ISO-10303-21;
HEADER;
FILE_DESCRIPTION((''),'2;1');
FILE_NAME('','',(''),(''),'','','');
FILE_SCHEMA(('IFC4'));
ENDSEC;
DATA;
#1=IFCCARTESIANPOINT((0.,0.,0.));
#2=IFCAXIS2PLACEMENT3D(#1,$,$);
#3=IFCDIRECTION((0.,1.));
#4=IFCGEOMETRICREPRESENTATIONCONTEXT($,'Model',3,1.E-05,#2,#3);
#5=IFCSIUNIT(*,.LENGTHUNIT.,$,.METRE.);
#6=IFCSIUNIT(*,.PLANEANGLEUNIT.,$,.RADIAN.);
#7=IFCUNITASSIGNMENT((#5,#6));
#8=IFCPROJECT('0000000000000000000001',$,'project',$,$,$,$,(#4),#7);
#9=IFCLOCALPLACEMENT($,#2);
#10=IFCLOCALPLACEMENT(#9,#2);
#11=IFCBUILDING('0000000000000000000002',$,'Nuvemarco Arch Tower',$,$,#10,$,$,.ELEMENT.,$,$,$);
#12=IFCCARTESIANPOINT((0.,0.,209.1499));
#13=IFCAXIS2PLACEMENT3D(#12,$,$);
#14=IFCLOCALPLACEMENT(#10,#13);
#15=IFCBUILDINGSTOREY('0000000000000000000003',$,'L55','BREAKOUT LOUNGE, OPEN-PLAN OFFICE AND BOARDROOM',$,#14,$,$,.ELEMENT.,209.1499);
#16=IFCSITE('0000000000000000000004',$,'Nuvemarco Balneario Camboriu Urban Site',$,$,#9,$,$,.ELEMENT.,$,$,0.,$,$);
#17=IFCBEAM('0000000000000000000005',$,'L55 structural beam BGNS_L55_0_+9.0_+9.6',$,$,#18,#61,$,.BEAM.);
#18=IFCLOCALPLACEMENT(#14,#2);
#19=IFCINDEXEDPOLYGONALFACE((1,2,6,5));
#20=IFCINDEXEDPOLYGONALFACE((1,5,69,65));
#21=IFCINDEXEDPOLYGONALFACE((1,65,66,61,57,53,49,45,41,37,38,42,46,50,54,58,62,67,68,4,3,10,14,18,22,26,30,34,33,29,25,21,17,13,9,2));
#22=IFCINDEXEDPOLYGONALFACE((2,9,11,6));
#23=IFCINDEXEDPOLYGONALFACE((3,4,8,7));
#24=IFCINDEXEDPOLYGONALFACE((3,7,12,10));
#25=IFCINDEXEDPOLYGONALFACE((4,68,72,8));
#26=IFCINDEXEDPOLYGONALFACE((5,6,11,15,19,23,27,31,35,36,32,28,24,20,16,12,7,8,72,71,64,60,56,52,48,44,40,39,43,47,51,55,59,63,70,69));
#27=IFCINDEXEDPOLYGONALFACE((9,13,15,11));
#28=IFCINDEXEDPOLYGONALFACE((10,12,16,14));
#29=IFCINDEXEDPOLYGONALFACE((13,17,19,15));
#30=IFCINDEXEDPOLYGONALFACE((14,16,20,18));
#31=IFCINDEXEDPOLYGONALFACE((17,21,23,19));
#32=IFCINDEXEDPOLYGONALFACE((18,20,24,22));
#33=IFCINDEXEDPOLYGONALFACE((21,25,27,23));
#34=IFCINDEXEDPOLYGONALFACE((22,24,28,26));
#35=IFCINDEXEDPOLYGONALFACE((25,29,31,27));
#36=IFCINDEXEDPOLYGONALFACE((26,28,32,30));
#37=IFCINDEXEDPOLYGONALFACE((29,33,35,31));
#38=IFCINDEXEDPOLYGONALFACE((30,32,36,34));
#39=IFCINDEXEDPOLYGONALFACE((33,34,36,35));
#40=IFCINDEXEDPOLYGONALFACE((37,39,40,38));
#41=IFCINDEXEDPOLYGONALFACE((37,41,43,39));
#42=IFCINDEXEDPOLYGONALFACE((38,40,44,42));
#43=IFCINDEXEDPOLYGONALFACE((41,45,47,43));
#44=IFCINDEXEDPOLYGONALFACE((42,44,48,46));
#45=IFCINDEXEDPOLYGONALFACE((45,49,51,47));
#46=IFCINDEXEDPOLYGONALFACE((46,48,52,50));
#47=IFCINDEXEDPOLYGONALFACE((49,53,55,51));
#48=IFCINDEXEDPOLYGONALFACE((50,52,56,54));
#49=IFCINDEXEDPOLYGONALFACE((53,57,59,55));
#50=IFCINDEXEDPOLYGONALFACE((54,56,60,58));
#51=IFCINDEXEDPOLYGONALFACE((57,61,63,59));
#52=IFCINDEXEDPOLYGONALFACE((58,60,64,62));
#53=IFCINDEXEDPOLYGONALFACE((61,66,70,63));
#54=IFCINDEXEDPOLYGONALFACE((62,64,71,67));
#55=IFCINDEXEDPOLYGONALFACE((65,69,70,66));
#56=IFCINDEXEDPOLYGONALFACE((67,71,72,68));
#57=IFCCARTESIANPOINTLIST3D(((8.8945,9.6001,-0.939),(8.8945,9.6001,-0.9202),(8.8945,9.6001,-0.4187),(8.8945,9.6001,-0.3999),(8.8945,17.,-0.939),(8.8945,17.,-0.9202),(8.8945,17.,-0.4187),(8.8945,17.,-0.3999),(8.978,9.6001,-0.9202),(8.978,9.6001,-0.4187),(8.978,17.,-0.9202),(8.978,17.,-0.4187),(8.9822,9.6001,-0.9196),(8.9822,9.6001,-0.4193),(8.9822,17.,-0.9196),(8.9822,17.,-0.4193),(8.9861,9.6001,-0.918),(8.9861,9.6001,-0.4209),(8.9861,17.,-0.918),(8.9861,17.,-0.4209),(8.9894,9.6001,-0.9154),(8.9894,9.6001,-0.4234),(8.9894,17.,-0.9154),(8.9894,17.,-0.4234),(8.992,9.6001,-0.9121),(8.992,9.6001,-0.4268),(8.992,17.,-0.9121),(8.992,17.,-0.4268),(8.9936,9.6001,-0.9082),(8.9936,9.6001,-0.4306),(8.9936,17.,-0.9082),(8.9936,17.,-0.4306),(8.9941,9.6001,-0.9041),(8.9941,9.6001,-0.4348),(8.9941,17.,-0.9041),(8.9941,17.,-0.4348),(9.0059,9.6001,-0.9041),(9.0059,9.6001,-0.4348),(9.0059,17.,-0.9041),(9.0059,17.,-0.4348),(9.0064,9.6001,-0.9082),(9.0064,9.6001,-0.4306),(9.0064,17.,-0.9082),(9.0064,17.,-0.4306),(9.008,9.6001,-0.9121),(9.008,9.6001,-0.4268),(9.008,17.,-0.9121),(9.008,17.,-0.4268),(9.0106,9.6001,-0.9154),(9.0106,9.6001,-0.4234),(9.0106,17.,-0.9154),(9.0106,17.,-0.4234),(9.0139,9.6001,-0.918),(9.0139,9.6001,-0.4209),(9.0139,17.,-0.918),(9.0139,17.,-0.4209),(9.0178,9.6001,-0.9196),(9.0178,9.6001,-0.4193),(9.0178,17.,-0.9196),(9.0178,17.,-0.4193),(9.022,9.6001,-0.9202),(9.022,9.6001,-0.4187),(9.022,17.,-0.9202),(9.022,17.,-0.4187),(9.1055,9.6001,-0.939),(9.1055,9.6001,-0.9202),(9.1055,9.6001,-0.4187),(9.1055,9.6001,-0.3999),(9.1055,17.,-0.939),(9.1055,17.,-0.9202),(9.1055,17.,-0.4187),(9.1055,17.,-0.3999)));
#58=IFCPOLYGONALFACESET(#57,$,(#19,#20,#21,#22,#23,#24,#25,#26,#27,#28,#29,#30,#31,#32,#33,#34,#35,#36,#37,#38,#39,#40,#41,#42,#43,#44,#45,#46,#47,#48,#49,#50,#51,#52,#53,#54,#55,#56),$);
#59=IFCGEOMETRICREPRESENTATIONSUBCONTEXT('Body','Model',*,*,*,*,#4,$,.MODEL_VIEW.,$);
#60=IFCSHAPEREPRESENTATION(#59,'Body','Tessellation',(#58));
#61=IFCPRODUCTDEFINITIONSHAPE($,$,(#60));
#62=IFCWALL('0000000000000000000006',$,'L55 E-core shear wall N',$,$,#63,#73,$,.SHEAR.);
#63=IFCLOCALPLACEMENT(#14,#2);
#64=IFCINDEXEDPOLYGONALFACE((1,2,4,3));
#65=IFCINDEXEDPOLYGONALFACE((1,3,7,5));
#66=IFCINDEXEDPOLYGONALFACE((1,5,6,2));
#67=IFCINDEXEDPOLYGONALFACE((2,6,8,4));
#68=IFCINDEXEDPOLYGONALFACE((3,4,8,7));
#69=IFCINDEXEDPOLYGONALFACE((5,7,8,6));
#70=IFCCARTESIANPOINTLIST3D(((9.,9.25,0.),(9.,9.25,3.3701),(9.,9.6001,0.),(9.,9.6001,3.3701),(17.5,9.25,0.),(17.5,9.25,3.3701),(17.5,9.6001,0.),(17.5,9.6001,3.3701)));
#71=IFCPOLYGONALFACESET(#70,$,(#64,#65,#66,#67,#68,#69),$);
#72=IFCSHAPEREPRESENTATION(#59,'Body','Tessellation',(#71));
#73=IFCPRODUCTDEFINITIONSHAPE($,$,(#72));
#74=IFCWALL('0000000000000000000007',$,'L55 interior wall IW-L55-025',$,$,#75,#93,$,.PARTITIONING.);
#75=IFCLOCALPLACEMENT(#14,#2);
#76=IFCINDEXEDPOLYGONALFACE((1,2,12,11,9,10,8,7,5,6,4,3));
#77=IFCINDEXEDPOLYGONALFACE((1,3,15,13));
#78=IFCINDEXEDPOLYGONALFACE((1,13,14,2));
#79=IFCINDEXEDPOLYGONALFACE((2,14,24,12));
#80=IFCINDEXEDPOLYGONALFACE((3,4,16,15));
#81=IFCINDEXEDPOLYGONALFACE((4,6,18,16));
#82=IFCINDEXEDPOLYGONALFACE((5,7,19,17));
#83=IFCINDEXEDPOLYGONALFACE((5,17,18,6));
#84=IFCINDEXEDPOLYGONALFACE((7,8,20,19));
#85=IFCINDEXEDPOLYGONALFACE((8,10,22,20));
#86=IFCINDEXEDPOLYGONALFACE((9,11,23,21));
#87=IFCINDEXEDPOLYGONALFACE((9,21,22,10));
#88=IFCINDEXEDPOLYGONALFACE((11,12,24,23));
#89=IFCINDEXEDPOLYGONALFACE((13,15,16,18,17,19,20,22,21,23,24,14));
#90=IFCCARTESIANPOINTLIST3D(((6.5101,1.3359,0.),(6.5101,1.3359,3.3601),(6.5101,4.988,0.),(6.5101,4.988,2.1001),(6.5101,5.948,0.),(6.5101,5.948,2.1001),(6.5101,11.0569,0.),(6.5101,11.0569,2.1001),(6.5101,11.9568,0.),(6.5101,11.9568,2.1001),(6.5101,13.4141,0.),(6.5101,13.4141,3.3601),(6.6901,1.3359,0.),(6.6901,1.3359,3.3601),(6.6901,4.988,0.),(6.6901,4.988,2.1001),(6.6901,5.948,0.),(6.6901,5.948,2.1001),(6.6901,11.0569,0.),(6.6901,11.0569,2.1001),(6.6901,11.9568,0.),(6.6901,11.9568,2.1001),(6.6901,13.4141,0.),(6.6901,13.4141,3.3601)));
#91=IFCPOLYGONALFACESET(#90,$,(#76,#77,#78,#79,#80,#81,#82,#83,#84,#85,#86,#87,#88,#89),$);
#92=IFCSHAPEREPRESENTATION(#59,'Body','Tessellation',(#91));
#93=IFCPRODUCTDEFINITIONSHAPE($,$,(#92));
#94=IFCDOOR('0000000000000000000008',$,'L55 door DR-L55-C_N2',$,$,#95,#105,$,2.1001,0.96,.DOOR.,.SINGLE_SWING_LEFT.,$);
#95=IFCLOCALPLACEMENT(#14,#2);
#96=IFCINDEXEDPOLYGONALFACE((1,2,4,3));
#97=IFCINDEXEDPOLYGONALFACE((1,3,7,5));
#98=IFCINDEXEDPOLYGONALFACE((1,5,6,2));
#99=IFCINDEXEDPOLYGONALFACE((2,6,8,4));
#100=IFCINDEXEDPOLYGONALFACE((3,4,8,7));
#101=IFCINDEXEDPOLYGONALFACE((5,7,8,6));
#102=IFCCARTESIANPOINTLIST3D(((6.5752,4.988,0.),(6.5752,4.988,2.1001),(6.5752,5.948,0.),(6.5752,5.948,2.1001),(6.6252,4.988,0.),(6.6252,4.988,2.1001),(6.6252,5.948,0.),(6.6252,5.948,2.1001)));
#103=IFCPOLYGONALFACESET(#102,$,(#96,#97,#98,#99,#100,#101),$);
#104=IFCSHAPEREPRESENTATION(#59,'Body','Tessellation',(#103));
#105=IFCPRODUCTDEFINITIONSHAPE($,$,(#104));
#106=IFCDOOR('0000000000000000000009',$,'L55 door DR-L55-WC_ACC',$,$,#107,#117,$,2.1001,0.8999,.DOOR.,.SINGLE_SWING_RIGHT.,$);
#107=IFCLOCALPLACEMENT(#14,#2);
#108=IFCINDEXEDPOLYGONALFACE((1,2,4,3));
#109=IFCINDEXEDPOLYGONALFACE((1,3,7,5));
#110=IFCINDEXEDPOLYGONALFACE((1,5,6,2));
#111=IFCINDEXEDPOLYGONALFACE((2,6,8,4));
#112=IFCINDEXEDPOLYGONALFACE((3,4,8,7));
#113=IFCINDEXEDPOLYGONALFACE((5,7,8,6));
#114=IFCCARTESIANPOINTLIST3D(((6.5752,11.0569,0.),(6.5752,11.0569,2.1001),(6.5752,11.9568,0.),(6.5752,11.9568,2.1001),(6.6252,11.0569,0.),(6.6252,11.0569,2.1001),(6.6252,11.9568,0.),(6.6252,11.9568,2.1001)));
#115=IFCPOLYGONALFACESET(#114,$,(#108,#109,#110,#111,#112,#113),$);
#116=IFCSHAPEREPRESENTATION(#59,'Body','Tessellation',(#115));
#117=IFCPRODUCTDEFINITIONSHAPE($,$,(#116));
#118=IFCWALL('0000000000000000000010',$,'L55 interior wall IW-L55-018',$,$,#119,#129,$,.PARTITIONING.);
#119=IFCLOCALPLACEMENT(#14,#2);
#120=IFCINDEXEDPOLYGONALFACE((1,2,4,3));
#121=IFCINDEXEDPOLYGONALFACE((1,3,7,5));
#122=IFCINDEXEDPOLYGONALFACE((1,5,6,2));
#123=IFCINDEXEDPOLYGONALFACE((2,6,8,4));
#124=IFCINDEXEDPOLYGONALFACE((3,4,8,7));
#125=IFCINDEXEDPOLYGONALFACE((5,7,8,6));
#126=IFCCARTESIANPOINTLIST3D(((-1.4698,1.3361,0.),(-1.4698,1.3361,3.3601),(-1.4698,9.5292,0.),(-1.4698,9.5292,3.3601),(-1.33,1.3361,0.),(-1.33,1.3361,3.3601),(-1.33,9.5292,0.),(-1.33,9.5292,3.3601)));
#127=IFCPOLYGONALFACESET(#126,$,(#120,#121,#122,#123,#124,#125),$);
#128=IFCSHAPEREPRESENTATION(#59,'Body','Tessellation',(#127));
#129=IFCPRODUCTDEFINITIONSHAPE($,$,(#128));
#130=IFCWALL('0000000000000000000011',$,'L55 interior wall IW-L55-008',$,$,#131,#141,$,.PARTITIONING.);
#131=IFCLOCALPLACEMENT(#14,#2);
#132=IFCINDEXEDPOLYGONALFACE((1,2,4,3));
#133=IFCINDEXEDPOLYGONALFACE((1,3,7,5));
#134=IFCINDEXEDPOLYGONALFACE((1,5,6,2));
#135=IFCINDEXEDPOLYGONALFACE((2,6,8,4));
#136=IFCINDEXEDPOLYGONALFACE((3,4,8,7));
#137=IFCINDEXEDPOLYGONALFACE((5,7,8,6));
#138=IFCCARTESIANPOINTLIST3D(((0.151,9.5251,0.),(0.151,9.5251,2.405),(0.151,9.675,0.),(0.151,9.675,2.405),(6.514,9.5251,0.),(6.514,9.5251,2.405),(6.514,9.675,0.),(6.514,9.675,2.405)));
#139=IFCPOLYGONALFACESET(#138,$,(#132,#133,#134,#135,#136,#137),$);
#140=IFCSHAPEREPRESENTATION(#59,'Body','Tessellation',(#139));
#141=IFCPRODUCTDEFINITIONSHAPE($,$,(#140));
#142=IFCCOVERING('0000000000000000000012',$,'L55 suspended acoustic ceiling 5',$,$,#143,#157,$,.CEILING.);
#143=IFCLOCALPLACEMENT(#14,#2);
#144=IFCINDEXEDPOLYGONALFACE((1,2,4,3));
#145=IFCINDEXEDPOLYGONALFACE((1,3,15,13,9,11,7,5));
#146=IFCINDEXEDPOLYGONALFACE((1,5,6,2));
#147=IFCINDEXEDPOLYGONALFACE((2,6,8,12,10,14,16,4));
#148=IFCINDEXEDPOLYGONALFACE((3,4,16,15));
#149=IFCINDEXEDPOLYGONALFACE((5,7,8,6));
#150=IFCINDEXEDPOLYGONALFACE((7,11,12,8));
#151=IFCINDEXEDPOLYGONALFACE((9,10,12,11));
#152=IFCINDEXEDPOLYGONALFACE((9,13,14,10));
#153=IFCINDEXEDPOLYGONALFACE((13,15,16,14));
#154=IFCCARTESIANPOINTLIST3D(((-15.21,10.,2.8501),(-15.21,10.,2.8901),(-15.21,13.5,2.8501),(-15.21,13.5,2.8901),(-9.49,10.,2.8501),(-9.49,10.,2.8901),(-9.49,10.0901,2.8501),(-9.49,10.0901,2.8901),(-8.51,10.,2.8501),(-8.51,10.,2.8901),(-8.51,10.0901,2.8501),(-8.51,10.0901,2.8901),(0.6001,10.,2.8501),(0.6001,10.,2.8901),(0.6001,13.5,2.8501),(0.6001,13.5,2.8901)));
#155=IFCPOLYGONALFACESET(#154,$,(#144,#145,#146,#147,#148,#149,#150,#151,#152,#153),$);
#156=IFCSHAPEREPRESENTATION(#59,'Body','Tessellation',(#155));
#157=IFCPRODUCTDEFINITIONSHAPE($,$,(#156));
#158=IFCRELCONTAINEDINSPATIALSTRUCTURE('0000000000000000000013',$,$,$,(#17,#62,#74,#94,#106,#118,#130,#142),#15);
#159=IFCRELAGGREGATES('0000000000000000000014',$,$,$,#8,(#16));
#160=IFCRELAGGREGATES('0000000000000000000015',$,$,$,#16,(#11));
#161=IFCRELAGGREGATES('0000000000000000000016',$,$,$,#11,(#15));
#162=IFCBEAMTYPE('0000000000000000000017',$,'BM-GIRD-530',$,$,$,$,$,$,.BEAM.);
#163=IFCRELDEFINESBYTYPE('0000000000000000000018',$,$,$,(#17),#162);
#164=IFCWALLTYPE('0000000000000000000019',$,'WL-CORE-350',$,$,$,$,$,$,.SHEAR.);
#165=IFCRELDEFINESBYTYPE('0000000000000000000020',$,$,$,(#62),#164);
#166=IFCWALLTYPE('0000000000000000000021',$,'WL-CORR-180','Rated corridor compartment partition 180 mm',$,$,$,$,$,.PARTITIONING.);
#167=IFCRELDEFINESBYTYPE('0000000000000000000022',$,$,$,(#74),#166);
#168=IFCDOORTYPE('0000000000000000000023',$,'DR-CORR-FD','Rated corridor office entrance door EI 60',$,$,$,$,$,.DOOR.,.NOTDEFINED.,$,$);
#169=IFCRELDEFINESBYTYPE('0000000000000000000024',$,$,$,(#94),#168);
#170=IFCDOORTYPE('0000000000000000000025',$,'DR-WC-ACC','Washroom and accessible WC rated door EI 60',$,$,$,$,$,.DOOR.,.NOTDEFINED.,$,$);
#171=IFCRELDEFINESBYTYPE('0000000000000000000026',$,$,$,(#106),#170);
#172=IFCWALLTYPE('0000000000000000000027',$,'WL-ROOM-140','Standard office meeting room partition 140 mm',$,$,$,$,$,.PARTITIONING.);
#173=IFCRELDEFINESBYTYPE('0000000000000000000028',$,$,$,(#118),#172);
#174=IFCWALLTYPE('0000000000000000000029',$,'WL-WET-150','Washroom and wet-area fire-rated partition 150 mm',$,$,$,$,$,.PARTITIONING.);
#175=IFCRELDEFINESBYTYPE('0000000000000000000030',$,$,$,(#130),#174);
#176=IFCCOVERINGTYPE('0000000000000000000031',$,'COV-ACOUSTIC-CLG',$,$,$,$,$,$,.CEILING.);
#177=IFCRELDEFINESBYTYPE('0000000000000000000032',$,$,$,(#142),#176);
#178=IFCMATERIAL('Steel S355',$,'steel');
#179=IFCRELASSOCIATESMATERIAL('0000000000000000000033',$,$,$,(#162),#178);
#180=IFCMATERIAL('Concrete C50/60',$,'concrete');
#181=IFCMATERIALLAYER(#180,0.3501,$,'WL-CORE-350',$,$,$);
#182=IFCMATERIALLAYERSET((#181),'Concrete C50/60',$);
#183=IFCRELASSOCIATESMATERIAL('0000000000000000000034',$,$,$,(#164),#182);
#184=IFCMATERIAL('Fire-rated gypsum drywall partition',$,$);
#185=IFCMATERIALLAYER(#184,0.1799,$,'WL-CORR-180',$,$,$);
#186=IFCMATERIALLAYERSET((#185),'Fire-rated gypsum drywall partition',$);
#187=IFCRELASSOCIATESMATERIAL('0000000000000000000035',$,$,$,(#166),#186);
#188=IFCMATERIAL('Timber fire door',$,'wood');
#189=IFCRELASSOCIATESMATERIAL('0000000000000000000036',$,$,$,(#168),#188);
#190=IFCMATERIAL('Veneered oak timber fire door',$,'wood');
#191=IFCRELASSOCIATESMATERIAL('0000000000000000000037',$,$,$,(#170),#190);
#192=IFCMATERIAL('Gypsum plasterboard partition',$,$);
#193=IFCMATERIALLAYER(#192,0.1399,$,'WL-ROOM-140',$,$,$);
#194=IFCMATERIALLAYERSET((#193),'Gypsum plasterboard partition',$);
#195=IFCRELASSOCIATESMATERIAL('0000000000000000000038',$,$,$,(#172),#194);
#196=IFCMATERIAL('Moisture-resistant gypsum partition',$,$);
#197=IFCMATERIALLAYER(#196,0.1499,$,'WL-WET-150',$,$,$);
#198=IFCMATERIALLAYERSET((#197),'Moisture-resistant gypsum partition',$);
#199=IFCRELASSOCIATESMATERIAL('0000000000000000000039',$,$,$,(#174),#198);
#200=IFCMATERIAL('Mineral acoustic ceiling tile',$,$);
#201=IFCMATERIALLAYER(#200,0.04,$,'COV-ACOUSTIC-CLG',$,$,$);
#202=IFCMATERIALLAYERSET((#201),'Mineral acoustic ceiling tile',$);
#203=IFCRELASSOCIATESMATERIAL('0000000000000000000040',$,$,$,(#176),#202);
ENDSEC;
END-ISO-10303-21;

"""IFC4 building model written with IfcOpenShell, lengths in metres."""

from ifc_helpers import new_model, si_unit, direction, frame, frame_2d, origin, origin_2d, place, context, subcontext, project, spatial, polyline, rectangle, i_section, outline, extrude, source, transform, mapped, material, layer, layer_set, material_profile, profile_set, type_object, type_shapes, element, fill, save


model = new_model("IFC4")

# Units and contexts
model_context = context("Model", 3, precision=1e-05, world=origin(), true_north=direction((0.0, 1.0)))
body_context = subcontext(model_context, "Body", "Model", "MODEL_VIEW")
ifc_project = project(units=[si_unit("LENGTHUNIT", "METRE"), si_unit("PLANEANGLEUNIT", "RADIAN")], contexts=[model_context])

# Site, building, storey
site_placement = place(None, origin())
site = spatial("IfcSite", under=ifc_project, at=site_placement, Name="Nuvemarco Balneario Camboriu Urban Site", CompositionType="ELEMENT", RefElevation=0.0)
building_placement = place(site_placement, origin())
building = spatial("IfcBuilding", under=site, at=building_placement, Name="Nuvemarco Arch Tower", CompositionType="ELEMENT")
storey_placement = place(building_placement, frame((0.0, 0.0, 209.1499)))
storey = spatial("IfcBuildingStorey", under=building, at=storey_placement, Name="L55", Description="BREAKOUT LOUNGE, OPEN-PLAN OFFICE AND BOARDROOM", CompositionType="ELEMENT", Elevation=209.1499)

# Shared definitions
ifc_material_1 = material(Name="Concrete C50/60", Category="concrete")
ifc_material_2 = material(Name="Steel S355", Category="steel")

# Beam
ifc_material_profile_1 = material_profile(ifc_material_2, i_section(OverallWidth=0.2109, OverallDepth=0.5391, WebThickness=0.0117, FlangeThickness=0.0188, FilletRadius=0.0161, at=origin_2d()), Name="W530x109")
ifc_profile_set_1 = profile_set([ifc_material_profile_1], Name="Steel S355")
beam_type_1 = type_object("IfcBeamType", Name="BM-GIRD-530", PredefinedType="BEAM", material=ifc_profile_set_1)
beam_1_placement = place(storey_placement, frame((9.0, 9.6001, -0.6694), z_axis=(0.0, 1.0, 0.0), x_axis=(-1.0, 0.0, 0.0)))
element("IfcBeam", 1, at=beam_1_placement, inside=storey, type_object=beam_type_1, Name="L55 structural beam BGNS_L55_0_+9.0_+9.6", PredefinedType="BEAM", context=body_context, shape_type="SweptSolid", body=[
    extrude(i_section(OverallWidth=0.2109, OverallDepth=0.5391, WebThickness=0.0117, FlangeThickness=0.0188, FilletRadius=0.0161, at=origin_2d()), origin(), (0.0, 0.0, 1.0), 7.3999),
])

# Wall
ifc_layer_1 = layer(ifc_material_1, 0.3501, Name="WL-CORE-350")
ifc_layer_set_1 = layer_set([ifc_layer_1], Name="Concrete C50/60")
wall_type_1 = type_object("IfcWallType", Name="WL-CORE-350", PredefinedType="SHEAR", material=ifc_layer_set_1)
wall_1_placement = place(storey_placement, frame((9.0, 9.425, 0.0), z_axis=(0.0, 0.0, 1.0), x_axis=(1.0, 0.0, 0.0)))
element("IfcWall", 2, at=wall_1_placement, inside=storey, type_object=wall_type_1, Name="L55 E-core shear wall N", PredefinedType="SHEAR", context=body_context, shape_type="SweptSolid", body=[
    extrude(rectangle(XDim=8.5, YDim=0.3501, at=frame_2d((4.25, 0.0))), origin(), (0.0, 0.0, 1.0), 3.3701),
])

# Wall, openings, doors
ifc_material_3 = material(Name="Fire-rated gypsum drywall partition")
ifc_layer_2 = layer(ifc_material_3, 0.1799, Name="WL-CORR-180")
ifc_layer_set_2 = layer_set([ifc_layer_2], Name="Fire-rated gypsum drywall partition")
wall_type_2 = type_object("IfcWallType", Name="WL-CORR-180", Description="Rated corridor compartment partition 180 mm", PredefinedType="PARTITIONING", material=ifc_layer_set_2)
wall_2_placement = place(storey_placement, frame((6.6001, 1.3359, 0.0), z_axis=(0.0, 0.0, 1.0), x_axis=(0.0, 1.0, 0.0)))
wall_2 = element("IfcWall", 3, at=wall_2_placement, inside=storey, type_object=wall_type_2, Name="L55 interior wall IW-L55-025", PredefinedType="PARTITIONING", context=body_context, shape_type="SweptSolid", body=[
    extrude(rectangle(XDim=12.0781, YDim=0.1799, at=frame_2d((6.0391, 0.0))), origin(), (0.0, 0.0, 1.0), 3.3601),
])
opening_1_placement = place(wall_2_placement, frame((3.6521, 0.0, 0.0)))
opening_1 = element("IfcOpeningElement", 4, at=opening_1_placement, cuts=wall_2, PredefinedType="OPENING", context=body_context, shape_type="SweptSolid", body=[
    extrude(rectangle(XDim=0.96, YDim=2.1001, at=frame_2d((0.48, 1.05))), frame((0.0, 0.0999, 0.0), z_axis=(0.0, -1.0, 0.0), x_axis=(1.0, 0.0, 0.0)), (0.0, 0.0, 1.0), 0.2),
])
opening_2_placement = place(wall_2_placement, frame((9.7209, 0.0, 0.0)))
opening_2 = element("IfcOpeningElement", 5, at=opening_2_placement, cuts=wall_2, PredefinedType="OPENING", context=body_context, shape_type="SweptSolid", body=[
    extrude(rectangle(XDim=0.8999, YDim=2.1001, at=frame_2d((0.45, 1.05))), frame((0.0, 0.0999, 0.0), z_axis=(0.0, -1.0, 0.0), x_axis=(1.0, 0.0, 0.0)), (0.0, 0.0, 1.0), 0.2),
])
ifc_material_4 = material(Name="Timber fire door", Category="wood")
door_type_1 = type_object("IfcDoorType", Name="DR-CORR-FD", Description="Rated corridor office entrance door EI 60", OperationType="NOTDEFINED", PredefinedType="DOOR", material=ifc_material_4)
shared_shape_1 = source(origin(), body_context, "Body", "SweptSolid", [
    extrude(rectangle(XDim=0.96, YDim=2.1001, at=frame_2d((0.48, 1.05))), frame((0.0, 0.0249, 0.0), z_axis=(0.0, -1.0, 0.0), x_axis=(1.0, 0.0, 0.0)), (0.0, 0.0, 1.0), 0.05),
])
type_shapes(door_type_1, [shared_shape_1])
door_1_placement = place(opening_1_placement, origin())
door_1 = element("IfcDoor", 6, at=door_1_placement, inside=storey, type_object=door_type_1, Name="L55 door DR-L55-C_N2", OperationType="SINGLE_SWING_LEFT", OverallHeight=2.1001, OverallWidth=0.96, PredefinedType="DOOR", context=body_context, shape_type="MappedRepresentation", body=[
    mapped(shared_shape_1, transform((0.0, 0.0, 0.0), scale=1.0)),
])
fill(opening_1, door_1)
ifc_material_5 = material(Name="Veneered oak timber fire door", Category="wood")
door_type_2 = type_object("IfcDoorType", Name="DR-WC-ACC", Description="Washroom and accessible WC rated door EI 60", OperationType="NOTDEFINED", PredefinedType="DOOR", material=ifc_material_5)
shared_shape_2 = source(origin(), body_context, "Body", "SweptSolid", [
    extrude(rectangle(XDim=0.8999, YDim=2.1001, at=frame_2d((0.45, 1.05))), frame((0.0, 0.0249, 0.0), z_axis=(0.0, -1.0, 0.0), x_axis=(1.0, 0.0, 0.0)), (0.0, 0.0, 1.0), 0.05),
])
type_shapes(door_type_2, [shared_shape_2])
door_2_placement = place(opening_2_placement, origin())
door_2 = element("IfcDoor", 7, at=door_2_placement, inside=storey, type_object=door_type_2, Name="L55 door DR-L55-WC_ACC", OperationType="SINGLE_SWING_RIGHT", OverallHeight=2.1001, OverallWidth=0.8999, PredefinedType="DOOR", context=body_context, shape_type="MappedRepresentation", body=[
    mapped(shared_shape_2, transform((0.0, 0.0, 0.0), scale=1.0)),
])
fill(opening_2, door_2)

# Walls
ifc_material_6 = material(Name="Gypsum plasterboard partition")
ifc_layer_3 = layer(ifc_material_6, 0.1399, Name="WL-ROOM-140")
ifc_layer_set_3 = layer_set([ifc_layer_3], Name="Gypsum plasterboard partition")
wall_type_3 = type_object("IfcWallType", Name="WL-ROOM-140", Description="Standard office meeting room partition 140 mm", PredefinedType="PARTITIONING", material=ifc_layer_set_3)
wall_3_placement = place(storey_placement, frame((-1.3999, 1.3359, 0.0), z_axis=(0.0, 0.0, 1.0), x_axis=(0.0, 1.0, 0.0)))
element("IfcWall", 8, at=wall_3_placement, inside=storey, type_object=wall_type_3, Name="L55 interior wall IW-L55-018", PredefinedType="PARTITIONING", context=body_context, shape_type="SweptSolid", body=[
    extrude(rectangle(XDim=8.1931, YDim=0.1399, at=frame_2d((4.0967, 0.0))), origin(), (0.0, 0.0, 1.0), 3.3601),
])
ifc_material_7 = material(Name="Moisture-resistant gypsum partition")
ifc_layer_4 = layer(ifc_material_7, 0.1499, Name="WL-WET-150")
ifc_layer_set_4 = layer_set([ifc_layer_4], Name="Moisture-resistant gypsum partition")
wall_type_4 = type_object("IfcWallType", Name="WL-WET-150", Description="Washroom and wet-area fire-rated partition 150 mm", PredefinedType="PARTITIONING", material=ifc_layer_set_4)
wall_4_placement = place(storey_placement, frame((0.1509, 9.6001, 0.0), z_axis=(0.0, 0.0, 1.0), x_axis=(1.0, 0.0, 0.0)))
element("IfcWall", 9, at=wall_4_placement, inside=storey, type_object=wall_type_4, Name="L55 interior wall IW-L55-008", PredefinedType="PARTITIONING", context=body_context, shape_type="SweptSolid", body=[
    extrude(rectangle(XDim=6.363, YDim=0.1499, at=frame_2d((3.1816, 0.0))), origin(), (0.0, 0.0, 1.0), 2.405),
])

# Covering
ifc_material_8 = material(Name="Mineral acoustic ceiling tile")
ifc_layer_5 = layer(ifc_material_8, 0.04, Name="COV-ACOUSTIC-CLG")
ifc_layer_set_5 = layer_set([ifc_layer_5], Name="Mineral acoustic ceiling tile")
covering_type_1 = type_object("IfcCoveringType", Name="COV-ACOUSTIC-CLG", PredefinedType="CEILING", material=ifc_layer_set_5)
covering_1_placement = place(storey_placement, frame((0.0, 0.0, 2.8501)))
element("IfcCovering", 10, at=covering_1_placement, inside=storey, type_object=covering_type_1, Name="L55 suspended acoustic ceiling 5", PredefinedType="CEILING", context=body_context, shape_type="SweptSolid", body=[
    extrude(outline(polyline([(0.6001, 10.0), (-8.51, 10.0), (-8.51, 10.0901), (-9.49, 10.0901), (-9.49, 10.0), (-15.21, 10.0), (-15.21, 13.5), (0.6001, 13.5), (0.6001, 10.0)])), origin(), (0.0, 0.0, 1.0), 0.04),
])

save(model, "model.ifc")
